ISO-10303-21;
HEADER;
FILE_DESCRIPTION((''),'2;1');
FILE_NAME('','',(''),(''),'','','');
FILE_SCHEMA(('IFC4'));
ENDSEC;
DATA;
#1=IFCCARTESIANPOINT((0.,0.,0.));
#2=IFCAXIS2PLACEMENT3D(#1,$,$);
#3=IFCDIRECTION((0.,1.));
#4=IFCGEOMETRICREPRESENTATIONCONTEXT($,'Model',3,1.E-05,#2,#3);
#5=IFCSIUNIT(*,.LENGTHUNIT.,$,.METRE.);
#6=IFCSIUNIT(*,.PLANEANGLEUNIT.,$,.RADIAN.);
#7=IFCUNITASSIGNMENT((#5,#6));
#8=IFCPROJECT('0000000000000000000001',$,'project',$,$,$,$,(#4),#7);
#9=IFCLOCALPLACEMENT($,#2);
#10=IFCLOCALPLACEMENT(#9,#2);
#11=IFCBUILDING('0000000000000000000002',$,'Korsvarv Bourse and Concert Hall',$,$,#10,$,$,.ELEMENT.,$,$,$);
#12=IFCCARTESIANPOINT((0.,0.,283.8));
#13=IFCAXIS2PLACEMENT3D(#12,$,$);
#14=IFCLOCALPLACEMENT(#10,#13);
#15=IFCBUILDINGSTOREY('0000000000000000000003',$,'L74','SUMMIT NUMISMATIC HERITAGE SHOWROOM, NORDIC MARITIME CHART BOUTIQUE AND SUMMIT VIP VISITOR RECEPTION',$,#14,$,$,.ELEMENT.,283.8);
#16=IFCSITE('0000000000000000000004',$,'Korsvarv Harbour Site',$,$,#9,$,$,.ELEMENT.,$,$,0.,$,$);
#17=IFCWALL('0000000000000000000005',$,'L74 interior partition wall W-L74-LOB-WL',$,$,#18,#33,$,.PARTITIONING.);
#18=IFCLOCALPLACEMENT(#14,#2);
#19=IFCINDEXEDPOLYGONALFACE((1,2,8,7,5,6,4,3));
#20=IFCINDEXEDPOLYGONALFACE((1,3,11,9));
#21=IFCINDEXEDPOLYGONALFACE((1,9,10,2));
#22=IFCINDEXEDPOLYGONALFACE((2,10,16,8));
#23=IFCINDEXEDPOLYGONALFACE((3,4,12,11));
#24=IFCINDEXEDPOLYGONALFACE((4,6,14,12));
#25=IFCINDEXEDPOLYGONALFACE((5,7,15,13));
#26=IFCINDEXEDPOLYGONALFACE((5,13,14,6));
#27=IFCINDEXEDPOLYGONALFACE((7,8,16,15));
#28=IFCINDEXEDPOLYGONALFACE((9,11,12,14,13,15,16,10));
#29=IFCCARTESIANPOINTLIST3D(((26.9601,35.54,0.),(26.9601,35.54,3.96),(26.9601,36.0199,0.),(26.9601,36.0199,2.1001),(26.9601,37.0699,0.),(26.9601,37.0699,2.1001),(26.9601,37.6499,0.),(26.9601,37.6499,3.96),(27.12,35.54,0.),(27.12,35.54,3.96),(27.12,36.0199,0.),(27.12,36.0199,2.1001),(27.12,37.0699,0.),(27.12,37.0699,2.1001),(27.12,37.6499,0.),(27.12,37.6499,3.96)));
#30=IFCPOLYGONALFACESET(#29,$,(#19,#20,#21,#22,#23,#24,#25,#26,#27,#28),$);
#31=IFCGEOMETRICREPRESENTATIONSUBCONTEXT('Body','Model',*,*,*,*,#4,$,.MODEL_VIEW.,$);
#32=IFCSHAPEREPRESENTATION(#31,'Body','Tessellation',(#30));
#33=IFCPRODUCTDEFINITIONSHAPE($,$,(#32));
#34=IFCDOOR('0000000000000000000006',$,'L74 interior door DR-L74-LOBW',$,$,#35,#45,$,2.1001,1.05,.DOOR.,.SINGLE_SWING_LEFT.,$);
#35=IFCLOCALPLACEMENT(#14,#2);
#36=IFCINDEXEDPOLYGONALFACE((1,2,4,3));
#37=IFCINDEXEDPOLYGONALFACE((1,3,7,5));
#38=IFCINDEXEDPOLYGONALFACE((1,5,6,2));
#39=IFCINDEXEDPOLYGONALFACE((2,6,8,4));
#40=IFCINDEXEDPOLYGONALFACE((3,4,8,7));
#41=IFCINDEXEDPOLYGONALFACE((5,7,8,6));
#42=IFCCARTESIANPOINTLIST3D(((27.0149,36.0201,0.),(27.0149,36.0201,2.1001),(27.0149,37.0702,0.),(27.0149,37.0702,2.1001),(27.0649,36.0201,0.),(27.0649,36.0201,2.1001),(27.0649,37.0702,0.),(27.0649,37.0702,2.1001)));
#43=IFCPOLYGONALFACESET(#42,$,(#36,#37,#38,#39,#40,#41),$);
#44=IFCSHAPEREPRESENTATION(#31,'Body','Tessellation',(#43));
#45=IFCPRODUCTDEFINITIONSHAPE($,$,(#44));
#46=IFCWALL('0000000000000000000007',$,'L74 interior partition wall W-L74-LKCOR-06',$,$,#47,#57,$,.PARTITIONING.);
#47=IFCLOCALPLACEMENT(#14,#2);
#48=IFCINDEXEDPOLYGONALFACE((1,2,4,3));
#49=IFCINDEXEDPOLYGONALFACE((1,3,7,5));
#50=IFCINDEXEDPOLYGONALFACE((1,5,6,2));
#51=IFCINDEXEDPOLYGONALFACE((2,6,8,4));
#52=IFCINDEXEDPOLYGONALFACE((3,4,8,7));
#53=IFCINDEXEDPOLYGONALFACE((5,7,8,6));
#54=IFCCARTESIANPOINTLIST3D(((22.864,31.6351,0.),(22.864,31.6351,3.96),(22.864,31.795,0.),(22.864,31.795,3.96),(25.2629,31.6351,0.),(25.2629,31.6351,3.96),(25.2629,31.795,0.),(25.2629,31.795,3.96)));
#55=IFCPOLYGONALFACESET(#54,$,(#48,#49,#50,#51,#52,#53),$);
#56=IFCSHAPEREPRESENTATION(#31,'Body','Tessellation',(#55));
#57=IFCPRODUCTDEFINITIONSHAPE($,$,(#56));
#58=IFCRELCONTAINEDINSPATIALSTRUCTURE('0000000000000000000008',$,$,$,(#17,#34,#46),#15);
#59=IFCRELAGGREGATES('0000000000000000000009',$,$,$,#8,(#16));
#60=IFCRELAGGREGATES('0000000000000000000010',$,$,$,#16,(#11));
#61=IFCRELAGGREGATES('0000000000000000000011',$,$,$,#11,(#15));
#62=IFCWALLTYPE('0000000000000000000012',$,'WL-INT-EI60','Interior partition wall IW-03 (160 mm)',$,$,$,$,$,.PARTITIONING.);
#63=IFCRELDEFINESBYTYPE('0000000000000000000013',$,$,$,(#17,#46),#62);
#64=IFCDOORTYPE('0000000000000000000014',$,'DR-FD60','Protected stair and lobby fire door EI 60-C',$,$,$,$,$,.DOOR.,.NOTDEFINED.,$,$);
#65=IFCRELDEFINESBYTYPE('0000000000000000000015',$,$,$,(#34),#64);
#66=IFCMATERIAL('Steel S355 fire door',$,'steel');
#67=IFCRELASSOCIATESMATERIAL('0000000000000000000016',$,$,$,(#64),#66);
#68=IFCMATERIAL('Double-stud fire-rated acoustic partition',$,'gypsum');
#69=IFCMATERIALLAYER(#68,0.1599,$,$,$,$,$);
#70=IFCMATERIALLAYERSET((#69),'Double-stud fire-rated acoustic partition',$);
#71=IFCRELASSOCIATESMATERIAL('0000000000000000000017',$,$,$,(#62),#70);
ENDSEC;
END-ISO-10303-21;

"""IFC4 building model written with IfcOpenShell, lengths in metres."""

from ifc_helpers import new_model, si_unit, direction, frame, frame_2d, origin, place, context, subcontext, project, spatial, rectangle, extrude, material, layer, layer_set, type_object, element, fill, save


model = new_model("IFC4")

# Units and contexts
model_context = context("Model", 3, precision=1e-05, world=origin(), true_north=direction((0.0, 1.0)))
body_context = subcontext(model_context, "Body", "Model", "MODEL_VIEW")
ifc_project = project(units=[si_unit("LENGTHUNIT", "METRE"), si_unit("PLANEANGLEUNIT", "RADIAN")], contexts=[model_context])

# Site, building, storey
site_placement = place(None, origin())
site = spatial("IfcSite", under=ifc_project, at=site_placement, Name="Korsvarv Harbour Site", CompositionType="ELEMENT", RefElevation=0.0)
building_placement = place(site_placement, origin())
building = spatial("IfcBuilding", under=site, at=building_placement, Name="Korsvarv Bourse and Concert Hall", CompositionType="ELEMENT")
storey_placement = place(building_placement, frame((0.0, 0.0, 283.8)))
storey = spatial("IfcBuildingStorey", under=building, at=storey_placement, Name="L74", Description="SUMMIT NUMISMATIC HERITAGE SHOWROOM, NORDIC MARITIME CHART BOUTIQUE AND SUMMIT VIP VISITOR RECEPTION", CompositionType="ELEMENT", Elevation=283.8)

# Shared definitions
ifc_material_1 = material(Name="Steel S355 fire door", Category="steel")
door_type = type_object("IfcDoorType", Name="DR-FD60", Description="Protected stair and lobby fire door EI 60-C", OperationType="NOTDEFINED", PredefinedType="DOOR", material=ifc_material_1)

# Shared definitions
ifc_material_2 = material(Name="Double-stud fire-rated acoustic partition", Category="gypsum")
ifc_layer_1 = layer(ifc_material_2, 0.1599)
ifc_layer_set_1 = layer_set([ifc_layer_1], Name="Double-stud fire-rated acoustic partition")
wall_type_1 = type_object("IfcWallType", Name="WL-INT-EI60", Description="Interior partition wall IW-03 (160 mm)", PredefinedType="PARTITIONING", material=ifc_layer_set_1)

# Wall, opening, door
wall_1_placement = place(storey_placement, frame((27.04, 35.54, 0.0), z_axis=(0.0, 0.0, 1.0), x_axis=(0.0, 1.0, 0.0)))
wall_1 = element("IfcWall", 1, at=wall_1_placement, inside=storey, type_object=wall_type_1, Name="L74 interior partition wall W-L74-LOB-WL", PredefinedType="PARTITIONING", context=body_context, shape_type="SweptSolid", body=[
    extrude(rectangle(XDim=2.1099, YDim=0.1599, at=frame_2d((1.0549, 0.0))), origin(), (0.0, 0.0, 1.0), 3.96),
])
opening_1_placement = place(wall_1_placement, frame((0.48, 0.0, 0.0)))
opening_1 = element("IfcOpeningElement", 2, at=opening_1_placement, cuts=wall_1, PredefinedType="OPENING", context=body_context, shape_type="SweptSolid", body=[
    extrude(rectangle(XDim=1.05, YDim=2.1001, at=frame_2d((0.5249, 1.05))), frame((0.0, 0.0898, 0.0), z_axis=(0.0, -1.0, 0.0), x_axis=(1.0, 0.0, 0.0)), (0.0, 0.0, 1.0), 0.1799),
])
door_1_placement = place(opening_1_placement, frame((1.05, 0.0, 0.0), z_axis=(0.0, 0.0, 1.0), x_axis=(-1.0, 0.0, 0.0)))
door_1 = element("IfcDoor", 3, at=door_1_placement, inside=storey, type_object=door_type, Name="L74 interior door DR-L74-LOBW", OperationType="SINGLE_SWING_LEFT", OverallHeight=2.1001, OverallWidth=1.05, PredefinedType="DOOR", context=body_context, shape_type="SweptSolid", body=[
    extrude(rectangle(XDim=1.05, YDim=2.1001, at=frame_2d((0.5249, 1.05))), frame((0.0, 0.0249, 0.0), z_axis=(0.0, -1.0, 0.0), x_axis=(1.0, 0.0, 0.0)), (0.0, 0.0, 1.0), 0.05),
])
fill(opening_1, door_1)

# Wall
wall_2_placement = place(storey_placement, frame((22.864, 31.7151, 0.0), z_axis=(0.0, 0.0, 1.0), x_axis=(1.0, 0.0, 0.0)))
element("IfcWall", 4, at=wall_2_placement, inside=storey, type_object=wall_type_1, Name="L74 interior partition wall W-L74-LKCOR-06", PredefinedType="PARTITIONING", context=body_context, shape_type="SweptSolid", body=[
    extrude(rectangle(XDim=2.3989, YDim=0.1599, at=frame_2d((1.1995, 0.0))), origin(), (0.0, 0.0, 1.0), 3.96),
])

save(model, "model.ifc")
